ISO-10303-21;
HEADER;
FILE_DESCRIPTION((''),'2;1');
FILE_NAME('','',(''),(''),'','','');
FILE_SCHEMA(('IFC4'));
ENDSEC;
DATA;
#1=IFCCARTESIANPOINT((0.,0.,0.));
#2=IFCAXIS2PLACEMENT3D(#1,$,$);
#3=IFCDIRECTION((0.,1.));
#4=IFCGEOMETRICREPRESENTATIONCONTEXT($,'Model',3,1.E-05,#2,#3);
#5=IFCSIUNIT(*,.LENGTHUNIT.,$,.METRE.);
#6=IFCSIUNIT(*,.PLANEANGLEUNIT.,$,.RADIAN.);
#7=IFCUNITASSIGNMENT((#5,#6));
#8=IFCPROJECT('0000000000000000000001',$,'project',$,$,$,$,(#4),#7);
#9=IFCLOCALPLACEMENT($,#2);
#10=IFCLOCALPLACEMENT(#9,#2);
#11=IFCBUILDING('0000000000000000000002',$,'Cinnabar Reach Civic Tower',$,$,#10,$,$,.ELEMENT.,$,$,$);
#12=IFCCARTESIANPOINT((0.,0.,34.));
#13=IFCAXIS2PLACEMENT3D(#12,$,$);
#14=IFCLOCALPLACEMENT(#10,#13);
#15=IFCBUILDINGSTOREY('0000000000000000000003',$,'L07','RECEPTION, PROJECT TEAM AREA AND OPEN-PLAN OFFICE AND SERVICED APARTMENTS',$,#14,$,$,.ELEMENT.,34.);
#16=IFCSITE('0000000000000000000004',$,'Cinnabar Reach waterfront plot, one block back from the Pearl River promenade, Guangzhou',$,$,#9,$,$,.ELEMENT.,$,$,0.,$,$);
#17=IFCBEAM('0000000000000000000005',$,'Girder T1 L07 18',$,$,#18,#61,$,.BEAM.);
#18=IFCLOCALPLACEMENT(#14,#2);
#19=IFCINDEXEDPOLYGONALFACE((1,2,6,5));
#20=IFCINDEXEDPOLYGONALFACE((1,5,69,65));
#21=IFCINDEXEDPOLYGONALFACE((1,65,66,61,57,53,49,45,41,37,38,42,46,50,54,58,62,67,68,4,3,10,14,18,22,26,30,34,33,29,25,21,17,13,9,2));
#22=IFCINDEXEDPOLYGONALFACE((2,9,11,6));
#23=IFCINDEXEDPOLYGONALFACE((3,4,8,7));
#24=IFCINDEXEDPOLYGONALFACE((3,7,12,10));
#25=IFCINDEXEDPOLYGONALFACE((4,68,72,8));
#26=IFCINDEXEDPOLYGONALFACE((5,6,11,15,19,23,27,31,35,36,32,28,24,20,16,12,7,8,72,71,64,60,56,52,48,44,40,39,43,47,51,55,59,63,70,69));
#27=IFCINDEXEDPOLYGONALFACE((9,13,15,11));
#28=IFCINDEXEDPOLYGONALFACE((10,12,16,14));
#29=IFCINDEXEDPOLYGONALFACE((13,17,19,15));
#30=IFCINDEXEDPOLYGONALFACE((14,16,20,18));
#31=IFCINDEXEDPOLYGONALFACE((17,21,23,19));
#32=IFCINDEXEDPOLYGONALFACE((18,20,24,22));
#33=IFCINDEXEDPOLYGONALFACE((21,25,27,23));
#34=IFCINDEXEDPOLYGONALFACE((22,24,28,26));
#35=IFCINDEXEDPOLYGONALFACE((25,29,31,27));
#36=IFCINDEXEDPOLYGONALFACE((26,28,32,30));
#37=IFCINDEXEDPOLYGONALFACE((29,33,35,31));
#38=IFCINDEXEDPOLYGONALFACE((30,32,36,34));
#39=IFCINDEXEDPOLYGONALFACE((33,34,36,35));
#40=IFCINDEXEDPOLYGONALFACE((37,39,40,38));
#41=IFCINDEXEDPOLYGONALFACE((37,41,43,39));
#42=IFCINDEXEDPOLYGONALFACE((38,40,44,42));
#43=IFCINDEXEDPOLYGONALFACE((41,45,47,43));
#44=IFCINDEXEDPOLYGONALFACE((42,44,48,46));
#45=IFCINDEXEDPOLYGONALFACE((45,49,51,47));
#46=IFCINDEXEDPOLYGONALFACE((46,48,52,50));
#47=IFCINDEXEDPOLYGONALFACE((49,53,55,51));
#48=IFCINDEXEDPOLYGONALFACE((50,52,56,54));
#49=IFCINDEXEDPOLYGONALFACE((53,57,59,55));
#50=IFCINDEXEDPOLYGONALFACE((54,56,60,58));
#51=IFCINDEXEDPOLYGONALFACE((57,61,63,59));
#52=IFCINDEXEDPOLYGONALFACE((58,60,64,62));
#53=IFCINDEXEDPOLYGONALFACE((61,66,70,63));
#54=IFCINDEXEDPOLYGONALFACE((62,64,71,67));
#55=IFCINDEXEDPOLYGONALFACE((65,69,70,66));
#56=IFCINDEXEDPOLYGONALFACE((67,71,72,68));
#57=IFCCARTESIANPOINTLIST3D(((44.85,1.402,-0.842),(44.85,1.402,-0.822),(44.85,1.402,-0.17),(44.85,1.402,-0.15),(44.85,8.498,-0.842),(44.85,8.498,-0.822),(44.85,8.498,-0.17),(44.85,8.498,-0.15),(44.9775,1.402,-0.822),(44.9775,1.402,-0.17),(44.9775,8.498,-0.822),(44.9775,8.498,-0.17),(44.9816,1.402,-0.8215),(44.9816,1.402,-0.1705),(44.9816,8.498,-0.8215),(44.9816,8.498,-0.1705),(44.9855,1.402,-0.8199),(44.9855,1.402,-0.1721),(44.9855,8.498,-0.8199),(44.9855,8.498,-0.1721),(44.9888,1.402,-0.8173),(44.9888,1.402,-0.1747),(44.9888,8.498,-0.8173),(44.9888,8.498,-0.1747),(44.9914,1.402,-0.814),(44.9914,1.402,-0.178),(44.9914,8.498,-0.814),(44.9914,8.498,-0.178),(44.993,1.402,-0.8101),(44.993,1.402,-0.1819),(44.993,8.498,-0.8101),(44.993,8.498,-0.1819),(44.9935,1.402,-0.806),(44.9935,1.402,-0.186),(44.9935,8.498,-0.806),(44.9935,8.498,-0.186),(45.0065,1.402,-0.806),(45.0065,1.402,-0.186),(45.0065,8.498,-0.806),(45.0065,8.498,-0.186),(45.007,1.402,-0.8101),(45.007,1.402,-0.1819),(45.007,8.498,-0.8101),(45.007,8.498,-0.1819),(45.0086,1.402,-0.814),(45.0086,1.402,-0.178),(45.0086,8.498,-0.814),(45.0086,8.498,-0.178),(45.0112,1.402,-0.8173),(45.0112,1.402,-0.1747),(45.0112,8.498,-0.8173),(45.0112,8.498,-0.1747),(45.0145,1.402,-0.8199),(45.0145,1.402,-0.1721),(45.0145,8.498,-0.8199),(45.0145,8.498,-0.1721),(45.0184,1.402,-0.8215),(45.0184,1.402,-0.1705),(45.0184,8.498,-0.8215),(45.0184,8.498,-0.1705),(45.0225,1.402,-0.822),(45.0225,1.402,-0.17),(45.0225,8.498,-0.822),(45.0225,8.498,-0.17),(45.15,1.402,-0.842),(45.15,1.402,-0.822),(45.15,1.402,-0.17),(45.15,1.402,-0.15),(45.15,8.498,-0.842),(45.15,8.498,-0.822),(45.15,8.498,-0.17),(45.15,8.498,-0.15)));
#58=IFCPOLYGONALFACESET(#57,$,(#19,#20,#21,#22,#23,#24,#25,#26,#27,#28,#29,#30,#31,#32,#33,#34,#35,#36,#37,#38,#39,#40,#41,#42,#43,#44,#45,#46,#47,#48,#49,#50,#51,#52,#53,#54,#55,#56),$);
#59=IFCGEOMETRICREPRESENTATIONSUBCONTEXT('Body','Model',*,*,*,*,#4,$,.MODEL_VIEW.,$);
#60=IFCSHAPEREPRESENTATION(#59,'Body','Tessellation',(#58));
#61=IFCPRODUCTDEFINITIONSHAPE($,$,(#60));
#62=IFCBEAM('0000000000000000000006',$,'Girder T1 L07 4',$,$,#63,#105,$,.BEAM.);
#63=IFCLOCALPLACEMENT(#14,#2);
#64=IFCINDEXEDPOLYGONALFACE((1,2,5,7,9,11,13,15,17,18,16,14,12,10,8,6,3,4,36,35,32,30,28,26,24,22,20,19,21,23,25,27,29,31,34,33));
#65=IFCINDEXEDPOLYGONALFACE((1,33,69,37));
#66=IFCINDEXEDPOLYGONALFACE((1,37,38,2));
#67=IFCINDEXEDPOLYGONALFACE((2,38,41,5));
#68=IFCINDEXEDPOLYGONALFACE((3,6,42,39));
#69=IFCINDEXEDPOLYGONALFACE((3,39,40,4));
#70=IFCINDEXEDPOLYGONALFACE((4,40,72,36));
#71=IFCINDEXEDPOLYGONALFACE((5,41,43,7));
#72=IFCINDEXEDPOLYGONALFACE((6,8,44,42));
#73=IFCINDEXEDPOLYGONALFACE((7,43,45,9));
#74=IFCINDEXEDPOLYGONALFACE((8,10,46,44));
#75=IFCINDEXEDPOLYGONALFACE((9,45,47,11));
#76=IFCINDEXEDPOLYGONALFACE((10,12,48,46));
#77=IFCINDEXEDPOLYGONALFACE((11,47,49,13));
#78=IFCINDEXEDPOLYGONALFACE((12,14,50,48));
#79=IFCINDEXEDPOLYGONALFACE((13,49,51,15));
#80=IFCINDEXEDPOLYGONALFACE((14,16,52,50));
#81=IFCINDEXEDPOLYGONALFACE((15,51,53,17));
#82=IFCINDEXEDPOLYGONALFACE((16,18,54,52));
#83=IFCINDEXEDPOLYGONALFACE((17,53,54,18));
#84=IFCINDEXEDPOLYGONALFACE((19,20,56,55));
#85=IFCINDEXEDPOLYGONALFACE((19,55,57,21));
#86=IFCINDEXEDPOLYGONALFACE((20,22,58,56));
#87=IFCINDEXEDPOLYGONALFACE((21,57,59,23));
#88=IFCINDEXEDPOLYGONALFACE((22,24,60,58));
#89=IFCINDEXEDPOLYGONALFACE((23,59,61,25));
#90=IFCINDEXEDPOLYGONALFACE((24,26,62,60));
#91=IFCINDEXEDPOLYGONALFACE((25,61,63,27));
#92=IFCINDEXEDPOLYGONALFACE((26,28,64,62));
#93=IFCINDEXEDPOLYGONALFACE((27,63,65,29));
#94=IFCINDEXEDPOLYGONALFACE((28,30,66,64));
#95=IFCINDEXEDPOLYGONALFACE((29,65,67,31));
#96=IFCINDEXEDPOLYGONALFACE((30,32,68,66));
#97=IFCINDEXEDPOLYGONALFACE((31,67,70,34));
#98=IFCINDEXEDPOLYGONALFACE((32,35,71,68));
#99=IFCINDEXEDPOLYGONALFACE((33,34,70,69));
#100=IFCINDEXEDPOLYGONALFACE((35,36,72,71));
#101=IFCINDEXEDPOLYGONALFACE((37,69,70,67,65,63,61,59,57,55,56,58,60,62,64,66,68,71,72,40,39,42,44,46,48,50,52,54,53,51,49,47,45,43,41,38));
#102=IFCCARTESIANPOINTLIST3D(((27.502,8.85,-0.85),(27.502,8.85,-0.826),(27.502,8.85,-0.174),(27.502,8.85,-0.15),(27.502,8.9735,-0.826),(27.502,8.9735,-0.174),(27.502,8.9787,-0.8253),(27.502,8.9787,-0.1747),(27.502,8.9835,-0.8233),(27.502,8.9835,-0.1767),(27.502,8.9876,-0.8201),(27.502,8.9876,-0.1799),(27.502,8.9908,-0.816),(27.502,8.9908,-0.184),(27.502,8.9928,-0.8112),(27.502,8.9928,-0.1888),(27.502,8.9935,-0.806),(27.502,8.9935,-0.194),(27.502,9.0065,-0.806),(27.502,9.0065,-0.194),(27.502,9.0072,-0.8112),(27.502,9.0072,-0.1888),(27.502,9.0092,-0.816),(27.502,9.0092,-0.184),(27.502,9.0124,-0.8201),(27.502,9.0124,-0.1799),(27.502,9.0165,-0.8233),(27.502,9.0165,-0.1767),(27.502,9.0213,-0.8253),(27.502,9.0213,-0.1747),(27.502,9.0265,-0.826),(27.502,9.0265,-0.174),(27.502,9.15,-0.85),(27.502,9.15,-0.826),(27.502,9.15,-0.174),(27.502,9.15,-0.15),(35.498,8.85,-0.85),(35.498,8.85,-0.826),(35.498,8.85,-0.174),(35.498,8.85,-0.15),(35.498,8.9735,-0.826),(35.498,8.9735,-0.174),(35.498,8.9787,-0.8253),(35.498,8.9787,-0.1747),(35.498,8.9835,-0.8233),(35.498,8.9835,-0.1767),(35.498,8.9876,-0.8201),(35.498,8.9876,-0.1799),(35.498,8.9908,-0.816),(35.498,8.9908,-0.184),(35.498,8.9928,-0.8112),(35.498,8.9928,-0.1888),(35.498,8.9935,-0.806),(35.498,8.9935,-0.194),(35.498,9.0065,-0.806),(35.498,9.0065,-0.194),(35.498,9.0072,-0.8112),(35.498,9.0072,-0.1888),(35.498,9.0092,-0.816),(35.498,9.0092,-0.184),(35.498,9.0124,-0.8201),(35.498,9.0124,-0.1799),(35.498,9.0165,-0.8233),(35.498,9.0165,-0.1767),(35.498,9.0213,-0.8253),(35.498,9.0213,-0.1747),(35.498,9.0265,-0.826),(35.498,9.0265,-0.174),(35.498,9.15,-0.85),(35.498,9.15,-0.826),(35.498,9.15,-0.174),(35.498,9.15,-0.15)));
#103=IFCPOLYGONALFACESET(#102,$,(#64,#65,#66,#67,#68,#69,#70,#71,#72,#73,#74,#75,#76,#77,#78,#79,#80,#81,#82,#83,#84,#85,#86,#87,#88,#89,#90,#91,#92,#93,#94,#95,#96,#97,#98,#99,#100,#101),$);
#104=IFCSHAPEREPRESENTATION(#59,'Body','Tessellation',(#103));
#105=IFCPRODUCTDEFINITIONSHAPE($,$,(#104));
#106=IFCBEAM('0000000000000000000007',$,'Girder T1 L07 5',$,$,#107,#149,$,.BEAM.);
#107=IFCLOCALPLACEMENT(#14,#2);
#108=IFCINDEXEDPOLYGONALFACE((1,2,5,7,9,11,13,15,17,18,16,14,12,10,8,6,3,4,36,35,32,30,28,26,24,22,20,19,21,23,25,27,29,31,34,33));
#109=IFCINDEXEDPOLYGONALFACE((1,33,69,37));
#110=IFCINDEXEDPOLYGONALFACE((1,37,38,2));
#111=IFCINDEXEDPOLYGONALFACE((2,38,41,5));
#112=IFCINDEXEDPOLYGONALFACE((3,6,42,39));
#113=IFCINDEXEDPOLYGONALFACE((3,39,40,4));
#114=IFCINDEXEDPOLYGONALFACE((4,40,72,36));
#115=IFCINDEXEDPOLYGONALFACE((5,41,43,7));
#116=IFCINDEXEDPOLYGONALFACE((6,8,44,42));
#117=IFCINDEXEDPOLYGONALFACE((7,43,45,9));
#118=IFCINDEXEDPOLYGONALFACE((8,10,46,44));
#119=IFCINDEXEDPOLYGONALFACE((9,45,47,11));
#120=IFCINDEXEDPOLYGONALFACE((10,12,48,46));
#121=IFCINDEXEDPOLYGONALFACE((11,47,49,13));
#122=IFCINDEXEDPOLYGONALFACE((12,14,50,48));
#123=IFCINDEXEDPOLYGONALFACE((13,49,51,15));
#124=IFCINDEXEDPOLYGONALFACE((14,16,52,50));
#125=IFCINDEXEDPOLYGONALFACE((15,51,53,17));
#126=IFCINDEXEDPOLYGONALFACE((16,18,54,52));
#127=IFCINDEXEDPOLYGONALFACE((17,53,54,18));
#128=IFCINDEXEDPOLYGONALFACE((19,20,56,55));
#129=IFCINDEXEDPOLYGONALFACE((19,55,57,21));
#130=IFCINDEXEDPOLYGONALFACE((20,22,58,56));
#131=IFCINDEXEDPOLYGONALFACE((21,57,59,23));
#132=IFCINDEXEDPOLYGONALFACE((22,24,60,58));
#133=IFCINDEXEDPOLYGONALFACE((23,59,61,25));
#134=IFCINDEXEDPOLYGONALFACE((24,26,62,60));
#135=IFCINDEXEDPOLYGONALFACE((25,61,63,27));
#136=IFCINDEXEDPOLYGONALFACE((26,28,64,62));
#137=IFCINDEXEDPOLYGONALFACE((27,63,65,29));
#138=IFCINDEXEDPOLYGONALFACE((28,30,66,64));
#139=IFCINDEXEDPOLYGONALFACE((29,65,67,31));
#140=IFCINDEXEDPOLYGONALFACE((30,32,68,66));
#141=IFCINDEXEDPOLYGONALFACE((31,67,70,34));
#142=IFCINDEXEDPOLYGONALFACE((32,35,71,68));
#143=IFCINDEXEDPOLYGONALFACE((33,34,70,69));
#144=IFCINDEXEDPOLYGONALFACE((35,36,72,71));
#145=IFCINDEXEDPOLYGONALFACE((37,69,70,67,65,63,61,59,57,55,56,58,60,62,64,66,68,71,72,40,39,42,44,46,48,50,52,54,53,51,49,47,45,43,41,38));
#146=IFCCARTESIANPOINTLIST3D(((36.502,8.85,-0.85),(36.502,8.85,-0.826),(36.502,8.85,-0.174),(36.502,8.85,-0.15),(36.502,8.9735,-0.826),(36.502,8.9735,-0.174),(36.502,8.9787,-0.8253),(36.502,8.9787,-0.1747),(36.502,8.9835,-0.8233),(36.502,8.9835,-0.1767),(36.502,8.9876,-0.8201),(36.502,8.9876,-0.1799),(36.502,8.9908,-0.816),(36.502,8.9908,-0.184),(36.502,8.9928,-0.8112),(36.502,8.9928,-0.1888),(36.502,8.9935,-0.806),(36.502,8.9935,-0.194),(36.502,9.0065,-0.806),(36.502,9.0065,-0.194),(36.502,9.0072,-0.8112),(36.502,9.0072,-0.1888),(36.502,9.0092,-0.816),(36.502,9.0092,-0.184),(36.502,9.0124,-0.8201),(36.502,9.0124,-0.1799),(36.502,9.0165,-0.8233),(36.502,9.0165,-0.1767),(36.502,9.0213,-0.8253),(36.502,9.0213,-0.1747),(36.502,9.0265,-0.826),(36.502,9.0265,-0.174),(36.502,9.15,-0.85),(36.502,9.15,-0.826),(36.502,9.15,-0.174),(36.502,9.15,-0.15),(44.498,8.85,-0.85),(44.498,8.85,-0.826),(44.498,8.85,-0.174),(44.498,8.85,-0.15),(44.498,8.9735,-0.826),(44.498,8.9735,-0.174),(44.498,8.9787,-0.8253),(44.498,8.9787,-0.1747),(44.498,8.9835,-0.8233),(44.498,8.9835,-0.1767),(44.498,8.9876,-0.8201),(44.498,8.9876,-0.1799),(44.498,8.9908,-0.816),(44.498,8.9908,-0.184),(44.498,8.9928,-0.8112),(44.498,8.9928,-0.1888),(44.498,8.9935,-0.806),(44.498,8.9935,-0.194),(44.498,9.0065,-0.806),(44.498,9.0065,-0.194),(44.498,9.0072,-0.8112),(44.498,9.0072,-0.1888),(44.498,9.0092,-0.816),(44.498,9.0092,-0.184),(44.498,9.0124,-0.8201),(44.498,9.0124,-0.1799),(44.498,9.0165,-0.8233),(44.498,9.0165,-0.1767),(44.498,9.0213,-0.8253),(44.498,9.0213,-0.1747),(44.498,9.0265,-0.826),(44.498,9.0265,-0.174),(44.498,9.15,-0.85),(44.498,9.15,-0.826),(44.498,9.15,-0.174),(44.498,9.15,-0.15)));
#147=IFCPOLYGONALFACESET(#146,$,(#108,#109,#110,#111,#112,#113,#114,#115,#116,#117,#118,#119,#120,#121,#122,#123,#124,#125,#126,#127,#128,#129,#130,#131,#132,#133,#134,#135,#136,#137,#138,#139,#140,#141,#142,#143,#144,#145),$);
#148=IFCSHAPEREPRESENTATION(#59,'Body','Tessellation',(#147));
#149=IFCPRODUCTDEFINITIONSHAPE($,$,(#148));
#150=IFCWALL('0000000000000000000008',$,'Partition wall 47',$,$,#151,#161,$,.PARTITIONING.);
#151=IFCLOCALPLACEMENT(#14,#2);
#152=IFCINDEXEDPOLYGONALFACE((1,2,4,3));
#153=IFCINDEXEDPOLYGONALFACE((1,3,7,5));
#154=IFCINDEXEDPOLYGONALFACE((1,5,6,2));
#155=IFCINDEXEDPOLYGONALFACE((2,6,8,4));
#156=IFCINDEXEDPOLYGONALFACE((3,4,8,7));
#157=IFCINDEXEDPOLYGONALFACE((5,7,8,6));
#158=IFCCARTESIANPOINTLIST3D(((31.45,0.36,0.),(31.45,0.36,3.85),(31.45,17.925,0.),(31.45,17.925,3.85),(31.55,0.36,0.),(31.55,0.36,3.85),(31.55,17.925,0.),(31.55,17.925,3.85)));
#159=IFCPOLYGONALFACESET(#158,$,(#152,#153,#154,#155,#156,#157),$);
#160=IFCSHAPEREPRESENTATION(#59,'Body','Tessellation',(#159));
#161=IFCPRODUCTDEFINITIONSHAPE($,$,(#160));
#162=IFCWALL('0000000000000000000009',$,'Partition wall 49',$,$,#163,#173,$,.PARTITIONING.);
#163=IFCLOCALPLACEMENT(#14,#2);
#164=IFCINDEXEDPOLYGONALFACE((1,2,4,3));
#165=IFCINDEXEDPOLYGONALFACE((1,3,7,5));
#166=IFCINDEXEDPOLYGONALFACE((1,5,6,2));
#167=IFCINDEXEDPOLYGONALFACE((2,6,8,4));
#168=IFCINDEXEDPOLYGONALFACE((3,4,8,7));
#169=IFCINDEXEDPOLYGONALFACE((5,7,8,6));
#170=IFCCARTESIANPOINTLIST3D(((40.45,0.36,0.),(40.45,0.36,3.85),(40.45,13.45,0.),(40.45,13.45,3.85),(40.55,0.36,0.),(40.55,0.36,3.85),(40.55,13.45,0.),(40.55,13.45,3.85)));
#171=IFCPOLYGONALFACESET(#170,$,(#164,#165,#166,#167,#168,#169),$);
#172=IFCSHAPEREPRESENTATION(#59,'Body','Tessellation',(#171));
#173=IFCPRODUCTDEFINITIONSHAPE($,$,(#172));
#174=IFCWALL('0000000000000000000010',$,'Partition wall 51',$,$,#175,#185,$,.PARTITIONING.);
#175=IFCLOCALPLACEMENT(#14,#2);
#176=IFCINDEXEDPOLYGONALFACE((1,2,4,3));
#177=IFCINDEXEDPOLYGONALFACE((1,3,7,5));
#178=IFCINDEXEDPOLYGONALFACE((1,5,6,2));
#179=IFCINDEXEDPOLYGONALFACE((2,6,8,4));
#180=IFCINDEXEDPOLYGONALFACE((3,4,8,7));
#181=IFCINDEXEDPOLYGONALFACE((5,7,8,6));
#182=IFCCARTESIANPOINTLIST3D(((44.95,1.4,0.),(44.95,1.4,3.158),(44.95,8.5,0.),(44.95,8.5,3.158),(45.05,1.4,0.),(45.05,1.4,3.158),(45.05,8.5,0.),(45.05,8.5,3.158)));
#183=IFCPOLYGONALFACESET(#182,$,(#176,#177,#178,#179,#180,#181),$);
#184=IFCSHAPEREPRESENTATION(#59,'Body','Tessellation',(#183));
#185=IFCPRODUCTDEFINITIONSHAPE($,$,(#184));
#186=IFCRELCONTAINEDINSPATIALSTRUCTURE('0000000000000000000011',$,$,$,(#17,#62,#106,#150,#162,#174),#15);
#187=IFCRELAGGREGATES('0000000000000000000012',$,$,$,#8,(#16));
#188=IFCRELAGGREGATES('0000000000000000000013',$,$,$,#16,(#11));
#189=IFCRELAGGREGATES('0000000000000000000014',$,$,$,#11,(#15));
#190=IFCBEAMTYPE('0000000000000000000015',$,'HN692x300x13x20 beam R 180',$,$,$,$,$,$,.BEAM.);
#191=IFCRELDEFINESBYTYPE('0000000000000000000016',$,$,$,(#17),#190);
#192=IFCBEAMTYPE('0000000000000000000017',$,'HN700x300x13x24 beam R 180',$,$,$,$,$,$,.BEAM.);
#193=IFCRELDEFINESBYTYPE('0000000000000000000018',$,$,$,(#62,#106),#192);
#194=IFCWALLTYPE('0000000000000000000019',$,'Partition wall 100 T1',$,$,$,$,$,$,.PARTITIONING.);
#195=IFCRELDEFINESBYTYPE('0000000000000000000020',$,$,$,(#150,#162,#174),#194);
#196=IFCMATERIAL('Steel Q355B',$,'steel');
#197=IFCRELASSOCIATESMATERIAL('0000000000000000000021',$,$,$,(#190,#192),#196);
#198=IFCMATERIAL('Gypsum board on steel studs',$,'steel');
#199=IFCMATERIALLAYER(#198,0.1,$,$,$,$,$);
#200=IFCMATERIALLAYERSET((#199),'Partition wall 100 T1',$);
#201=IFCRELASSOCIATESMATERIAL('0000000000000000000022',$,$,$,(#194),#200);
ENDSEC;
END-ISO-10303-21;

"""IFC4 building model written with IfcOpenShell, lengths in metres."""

from ifc_helpers import new_model, si_unit, direction, frame, frame_2d, origin, origin_2d, place, context, subcontext, project, spatial, rectangle, i_section, extrude, material, layer, layer_set, material_profile, profile_set, type_object, element, save


model = new_model("IFC4")

# Units and contexts
model_context = context("Model", 3, precision=1e-05, world=origin(), true_north=direction((0.0, 1.0)))
body_context = subcontext(model_context, "Body", "Model", "MODEL_VIEW")
ifc_project = project(units=[si_unit("LENGTHUNIT", "METRE"), si_unit("PLANEANGLEUNIT", "RADIAN")], contexts=[model_context])

# Site, building, storey
site_placement = place(None, origin())
site = spatial("IfcSite", under=ifc_project, at=site_placement, Name="Cinnabar Reach waterfront plot, one block back from the Pearl River promenade, Guangzhou", CompositionType="ELEMENT", RefElevation=0.0)
building_placement = place(site_placement, origin())
building = spatial("IfcBuilding", under=site, at=building_placement, Name="Cinnabar Reach Civic Tower", CompositionType="ELEMENT")
storey_placement = place(building_placement, frame((0.0, 0.0, 34.0)))
storey = spatial("IfcBuildingStorey", under=building, at=storey_placement, Name="L07", Description="RECEPTION, PROJECT TEAM AREA AND OPEN-PLAN OFFICE AND SERVICED APARTMENTS", CompositionType="ELEMENT", Elevation=34.0)

# Beams
ifc_material_1 = material(Name="Steel Q355B", Category="steel")
ifc_material_profile_1 = material_profile(ifc_material_1, i_section(OverallWidth=0.3, OverallDepth=0.692, WebThickness=0.013, FlangeThickness=0.02, FilletRadius=0.016, at=origin_2d()), Name="HN692x300x13x20")
ifc_profile_set_1 = profile_set([ifc_material_profile_1], Name="Steel Q355B")
beam_type_1 = type_object("IfcBeamType", Name="HN692x300x13x20 beam R 180", PredefinedType="BEAM", material=ifc_profile_set_1)
for number, where, z_axis, x_axis, name in (
    (1, (45.0, 1.402, -0.496), (0.0, 1.0, 0.0), (-1.0, 0.0, 0.0), "Girder T1 L07 18"),
):
    element("IfcBeam", number, at=place(storey_placement, frame(where, z_axis=z_axis, x_axis=x_axis)), inside=storey, type_object=beam_type_1, Name=name, PredefinedType="BEAM", context=body_context, shape_type="SweptSolid", body=[
        extrude(i_section(OverallWidth=0.3, OverallDepth=0.692, WebThickness=0.013, FlangeThickness=0.02, FilletRadius=0.016, at=origin_2d()), origin(), (0.0, 0.0, 1.0), 7.096),
    ])
ifc_material_profile_2 = material_profile(ifc_material_1, i_section(OverallWidth=0.3, OverallDepth=0.7, WebThickness=0.013, FlangeThickness=0.024, FilletRadius=0.02, at=origin_2d()), Name="HN700x300x13x24")
ifc_profile_set_2 = profile_set([ifc_material_profile_2], Name="Steel Q355B")
beam_type_2 = type_object("IfcBeamType", Name="HN700x300x13x24 beam R 180", PredefinedType="BEAM", material=ifc_profile_set_2)
for number, where, z_axis, x_axis, name in (
    (2, (27.502, 9.0, -0.5), (1.0, 0.0, 0.0), (0.0, 1.0, 0.0), "Girder T1 L07 4"),
    (3, (36.502, 9.0, -0.5), (1.0, 0.0, 0.0), (0.0, 1.0, 0.0), "Girder T1 L07 5"),
):
    element("IfcBeam", number, at=place(storey_placement, frame(where, z_axis=z_axis, x_axis=x_axis)), inside=storey, type_object=beam_type_2, Name=name, PredefinedType="BEAM", context=body_context, shape_type="SweptSolid", body=[
        extrude(i_section(OverallWidth=0.3, OverallDepth=0.7, WebThickness=0.013, FlangeThickness=0.024, FilletRadius=0.02, at=origin_2d()), origin(), (0.0, 0.0, 1.0), 7.996),
    ])

# Walls
ifc_material_2 = material(Name="Gypsum board on steel studs", Category="steel")
ifc_layer = layer(ifc_material_2, 0.1)
ifc_layer_set = layer_set([ifc_layer], Name="Partition wall 100 T1")
wall_type = type_object("IfcWallType", Name="Partition wall 100 T1", PredefinedType="PARTITIONING", material=ifc_layer_set)
wall_1_placement = place(storey_placement, frame((31.5, 0.36, 0.0), z_axis=(0.0, 0.0, 1.0), x_axis=(0.0, 1.0, 0.0)))
element("IfcWall", 4, at=wall_1_placement, inside=storey, type_object=wall_type, Name="Partition wall 47", PredefinedType="PARTITIONING", context=body_context, shape_type="SweptSolid", body=[
    extrude(rectangle(XDim=17.565, YDim=0.1, at=frame_2d((8.7825, 0.0))), origin(), (0.0, 0.0, 1.0), 3.85),
])
wall_2_placement = place(storey_placement, frame((40.5, 0.36, 0.0), z_axis=(0.0, 0.0, 1.0), x_axis=(0.0, 1.0, 0.0)))
element("IfcWall", 5, at=wall_2_placement, inside=storey, type_object=wall_type, Name="Partition wall 49", PredefinedType="PARTITIONING", context=body_context, shape_type="SweptSolid", body=[
    extrude(rectangle(XDim=13.09, YDim=0.1, at=frame_2d((6.545, 0.0))), origin(), (0.0, 0.0, 1.0), 3.85),
])
wall_3_placement = place(storey_placement, frame((45.0, 1.4, 0.0), z_axis=(0.0, 0.0, 1.0), x_axis=(0.0, 1.0, 0.0)))
element("IfcWall", 6, at=wall_3_placement, inside=storey, type_object=wall_type, Name="Partition wall 51", PredefinedType="PARTITIONING", context=body_context, shape_type="SweptSolid", body=[
    extrude(rectangle(XDim=7.1, YDim=0.1, at=frame_2d((3.55, 0.0))), origin(), (0.0, 0.0, 1.0), 3.158),
])

save(model, "model.ifc")
